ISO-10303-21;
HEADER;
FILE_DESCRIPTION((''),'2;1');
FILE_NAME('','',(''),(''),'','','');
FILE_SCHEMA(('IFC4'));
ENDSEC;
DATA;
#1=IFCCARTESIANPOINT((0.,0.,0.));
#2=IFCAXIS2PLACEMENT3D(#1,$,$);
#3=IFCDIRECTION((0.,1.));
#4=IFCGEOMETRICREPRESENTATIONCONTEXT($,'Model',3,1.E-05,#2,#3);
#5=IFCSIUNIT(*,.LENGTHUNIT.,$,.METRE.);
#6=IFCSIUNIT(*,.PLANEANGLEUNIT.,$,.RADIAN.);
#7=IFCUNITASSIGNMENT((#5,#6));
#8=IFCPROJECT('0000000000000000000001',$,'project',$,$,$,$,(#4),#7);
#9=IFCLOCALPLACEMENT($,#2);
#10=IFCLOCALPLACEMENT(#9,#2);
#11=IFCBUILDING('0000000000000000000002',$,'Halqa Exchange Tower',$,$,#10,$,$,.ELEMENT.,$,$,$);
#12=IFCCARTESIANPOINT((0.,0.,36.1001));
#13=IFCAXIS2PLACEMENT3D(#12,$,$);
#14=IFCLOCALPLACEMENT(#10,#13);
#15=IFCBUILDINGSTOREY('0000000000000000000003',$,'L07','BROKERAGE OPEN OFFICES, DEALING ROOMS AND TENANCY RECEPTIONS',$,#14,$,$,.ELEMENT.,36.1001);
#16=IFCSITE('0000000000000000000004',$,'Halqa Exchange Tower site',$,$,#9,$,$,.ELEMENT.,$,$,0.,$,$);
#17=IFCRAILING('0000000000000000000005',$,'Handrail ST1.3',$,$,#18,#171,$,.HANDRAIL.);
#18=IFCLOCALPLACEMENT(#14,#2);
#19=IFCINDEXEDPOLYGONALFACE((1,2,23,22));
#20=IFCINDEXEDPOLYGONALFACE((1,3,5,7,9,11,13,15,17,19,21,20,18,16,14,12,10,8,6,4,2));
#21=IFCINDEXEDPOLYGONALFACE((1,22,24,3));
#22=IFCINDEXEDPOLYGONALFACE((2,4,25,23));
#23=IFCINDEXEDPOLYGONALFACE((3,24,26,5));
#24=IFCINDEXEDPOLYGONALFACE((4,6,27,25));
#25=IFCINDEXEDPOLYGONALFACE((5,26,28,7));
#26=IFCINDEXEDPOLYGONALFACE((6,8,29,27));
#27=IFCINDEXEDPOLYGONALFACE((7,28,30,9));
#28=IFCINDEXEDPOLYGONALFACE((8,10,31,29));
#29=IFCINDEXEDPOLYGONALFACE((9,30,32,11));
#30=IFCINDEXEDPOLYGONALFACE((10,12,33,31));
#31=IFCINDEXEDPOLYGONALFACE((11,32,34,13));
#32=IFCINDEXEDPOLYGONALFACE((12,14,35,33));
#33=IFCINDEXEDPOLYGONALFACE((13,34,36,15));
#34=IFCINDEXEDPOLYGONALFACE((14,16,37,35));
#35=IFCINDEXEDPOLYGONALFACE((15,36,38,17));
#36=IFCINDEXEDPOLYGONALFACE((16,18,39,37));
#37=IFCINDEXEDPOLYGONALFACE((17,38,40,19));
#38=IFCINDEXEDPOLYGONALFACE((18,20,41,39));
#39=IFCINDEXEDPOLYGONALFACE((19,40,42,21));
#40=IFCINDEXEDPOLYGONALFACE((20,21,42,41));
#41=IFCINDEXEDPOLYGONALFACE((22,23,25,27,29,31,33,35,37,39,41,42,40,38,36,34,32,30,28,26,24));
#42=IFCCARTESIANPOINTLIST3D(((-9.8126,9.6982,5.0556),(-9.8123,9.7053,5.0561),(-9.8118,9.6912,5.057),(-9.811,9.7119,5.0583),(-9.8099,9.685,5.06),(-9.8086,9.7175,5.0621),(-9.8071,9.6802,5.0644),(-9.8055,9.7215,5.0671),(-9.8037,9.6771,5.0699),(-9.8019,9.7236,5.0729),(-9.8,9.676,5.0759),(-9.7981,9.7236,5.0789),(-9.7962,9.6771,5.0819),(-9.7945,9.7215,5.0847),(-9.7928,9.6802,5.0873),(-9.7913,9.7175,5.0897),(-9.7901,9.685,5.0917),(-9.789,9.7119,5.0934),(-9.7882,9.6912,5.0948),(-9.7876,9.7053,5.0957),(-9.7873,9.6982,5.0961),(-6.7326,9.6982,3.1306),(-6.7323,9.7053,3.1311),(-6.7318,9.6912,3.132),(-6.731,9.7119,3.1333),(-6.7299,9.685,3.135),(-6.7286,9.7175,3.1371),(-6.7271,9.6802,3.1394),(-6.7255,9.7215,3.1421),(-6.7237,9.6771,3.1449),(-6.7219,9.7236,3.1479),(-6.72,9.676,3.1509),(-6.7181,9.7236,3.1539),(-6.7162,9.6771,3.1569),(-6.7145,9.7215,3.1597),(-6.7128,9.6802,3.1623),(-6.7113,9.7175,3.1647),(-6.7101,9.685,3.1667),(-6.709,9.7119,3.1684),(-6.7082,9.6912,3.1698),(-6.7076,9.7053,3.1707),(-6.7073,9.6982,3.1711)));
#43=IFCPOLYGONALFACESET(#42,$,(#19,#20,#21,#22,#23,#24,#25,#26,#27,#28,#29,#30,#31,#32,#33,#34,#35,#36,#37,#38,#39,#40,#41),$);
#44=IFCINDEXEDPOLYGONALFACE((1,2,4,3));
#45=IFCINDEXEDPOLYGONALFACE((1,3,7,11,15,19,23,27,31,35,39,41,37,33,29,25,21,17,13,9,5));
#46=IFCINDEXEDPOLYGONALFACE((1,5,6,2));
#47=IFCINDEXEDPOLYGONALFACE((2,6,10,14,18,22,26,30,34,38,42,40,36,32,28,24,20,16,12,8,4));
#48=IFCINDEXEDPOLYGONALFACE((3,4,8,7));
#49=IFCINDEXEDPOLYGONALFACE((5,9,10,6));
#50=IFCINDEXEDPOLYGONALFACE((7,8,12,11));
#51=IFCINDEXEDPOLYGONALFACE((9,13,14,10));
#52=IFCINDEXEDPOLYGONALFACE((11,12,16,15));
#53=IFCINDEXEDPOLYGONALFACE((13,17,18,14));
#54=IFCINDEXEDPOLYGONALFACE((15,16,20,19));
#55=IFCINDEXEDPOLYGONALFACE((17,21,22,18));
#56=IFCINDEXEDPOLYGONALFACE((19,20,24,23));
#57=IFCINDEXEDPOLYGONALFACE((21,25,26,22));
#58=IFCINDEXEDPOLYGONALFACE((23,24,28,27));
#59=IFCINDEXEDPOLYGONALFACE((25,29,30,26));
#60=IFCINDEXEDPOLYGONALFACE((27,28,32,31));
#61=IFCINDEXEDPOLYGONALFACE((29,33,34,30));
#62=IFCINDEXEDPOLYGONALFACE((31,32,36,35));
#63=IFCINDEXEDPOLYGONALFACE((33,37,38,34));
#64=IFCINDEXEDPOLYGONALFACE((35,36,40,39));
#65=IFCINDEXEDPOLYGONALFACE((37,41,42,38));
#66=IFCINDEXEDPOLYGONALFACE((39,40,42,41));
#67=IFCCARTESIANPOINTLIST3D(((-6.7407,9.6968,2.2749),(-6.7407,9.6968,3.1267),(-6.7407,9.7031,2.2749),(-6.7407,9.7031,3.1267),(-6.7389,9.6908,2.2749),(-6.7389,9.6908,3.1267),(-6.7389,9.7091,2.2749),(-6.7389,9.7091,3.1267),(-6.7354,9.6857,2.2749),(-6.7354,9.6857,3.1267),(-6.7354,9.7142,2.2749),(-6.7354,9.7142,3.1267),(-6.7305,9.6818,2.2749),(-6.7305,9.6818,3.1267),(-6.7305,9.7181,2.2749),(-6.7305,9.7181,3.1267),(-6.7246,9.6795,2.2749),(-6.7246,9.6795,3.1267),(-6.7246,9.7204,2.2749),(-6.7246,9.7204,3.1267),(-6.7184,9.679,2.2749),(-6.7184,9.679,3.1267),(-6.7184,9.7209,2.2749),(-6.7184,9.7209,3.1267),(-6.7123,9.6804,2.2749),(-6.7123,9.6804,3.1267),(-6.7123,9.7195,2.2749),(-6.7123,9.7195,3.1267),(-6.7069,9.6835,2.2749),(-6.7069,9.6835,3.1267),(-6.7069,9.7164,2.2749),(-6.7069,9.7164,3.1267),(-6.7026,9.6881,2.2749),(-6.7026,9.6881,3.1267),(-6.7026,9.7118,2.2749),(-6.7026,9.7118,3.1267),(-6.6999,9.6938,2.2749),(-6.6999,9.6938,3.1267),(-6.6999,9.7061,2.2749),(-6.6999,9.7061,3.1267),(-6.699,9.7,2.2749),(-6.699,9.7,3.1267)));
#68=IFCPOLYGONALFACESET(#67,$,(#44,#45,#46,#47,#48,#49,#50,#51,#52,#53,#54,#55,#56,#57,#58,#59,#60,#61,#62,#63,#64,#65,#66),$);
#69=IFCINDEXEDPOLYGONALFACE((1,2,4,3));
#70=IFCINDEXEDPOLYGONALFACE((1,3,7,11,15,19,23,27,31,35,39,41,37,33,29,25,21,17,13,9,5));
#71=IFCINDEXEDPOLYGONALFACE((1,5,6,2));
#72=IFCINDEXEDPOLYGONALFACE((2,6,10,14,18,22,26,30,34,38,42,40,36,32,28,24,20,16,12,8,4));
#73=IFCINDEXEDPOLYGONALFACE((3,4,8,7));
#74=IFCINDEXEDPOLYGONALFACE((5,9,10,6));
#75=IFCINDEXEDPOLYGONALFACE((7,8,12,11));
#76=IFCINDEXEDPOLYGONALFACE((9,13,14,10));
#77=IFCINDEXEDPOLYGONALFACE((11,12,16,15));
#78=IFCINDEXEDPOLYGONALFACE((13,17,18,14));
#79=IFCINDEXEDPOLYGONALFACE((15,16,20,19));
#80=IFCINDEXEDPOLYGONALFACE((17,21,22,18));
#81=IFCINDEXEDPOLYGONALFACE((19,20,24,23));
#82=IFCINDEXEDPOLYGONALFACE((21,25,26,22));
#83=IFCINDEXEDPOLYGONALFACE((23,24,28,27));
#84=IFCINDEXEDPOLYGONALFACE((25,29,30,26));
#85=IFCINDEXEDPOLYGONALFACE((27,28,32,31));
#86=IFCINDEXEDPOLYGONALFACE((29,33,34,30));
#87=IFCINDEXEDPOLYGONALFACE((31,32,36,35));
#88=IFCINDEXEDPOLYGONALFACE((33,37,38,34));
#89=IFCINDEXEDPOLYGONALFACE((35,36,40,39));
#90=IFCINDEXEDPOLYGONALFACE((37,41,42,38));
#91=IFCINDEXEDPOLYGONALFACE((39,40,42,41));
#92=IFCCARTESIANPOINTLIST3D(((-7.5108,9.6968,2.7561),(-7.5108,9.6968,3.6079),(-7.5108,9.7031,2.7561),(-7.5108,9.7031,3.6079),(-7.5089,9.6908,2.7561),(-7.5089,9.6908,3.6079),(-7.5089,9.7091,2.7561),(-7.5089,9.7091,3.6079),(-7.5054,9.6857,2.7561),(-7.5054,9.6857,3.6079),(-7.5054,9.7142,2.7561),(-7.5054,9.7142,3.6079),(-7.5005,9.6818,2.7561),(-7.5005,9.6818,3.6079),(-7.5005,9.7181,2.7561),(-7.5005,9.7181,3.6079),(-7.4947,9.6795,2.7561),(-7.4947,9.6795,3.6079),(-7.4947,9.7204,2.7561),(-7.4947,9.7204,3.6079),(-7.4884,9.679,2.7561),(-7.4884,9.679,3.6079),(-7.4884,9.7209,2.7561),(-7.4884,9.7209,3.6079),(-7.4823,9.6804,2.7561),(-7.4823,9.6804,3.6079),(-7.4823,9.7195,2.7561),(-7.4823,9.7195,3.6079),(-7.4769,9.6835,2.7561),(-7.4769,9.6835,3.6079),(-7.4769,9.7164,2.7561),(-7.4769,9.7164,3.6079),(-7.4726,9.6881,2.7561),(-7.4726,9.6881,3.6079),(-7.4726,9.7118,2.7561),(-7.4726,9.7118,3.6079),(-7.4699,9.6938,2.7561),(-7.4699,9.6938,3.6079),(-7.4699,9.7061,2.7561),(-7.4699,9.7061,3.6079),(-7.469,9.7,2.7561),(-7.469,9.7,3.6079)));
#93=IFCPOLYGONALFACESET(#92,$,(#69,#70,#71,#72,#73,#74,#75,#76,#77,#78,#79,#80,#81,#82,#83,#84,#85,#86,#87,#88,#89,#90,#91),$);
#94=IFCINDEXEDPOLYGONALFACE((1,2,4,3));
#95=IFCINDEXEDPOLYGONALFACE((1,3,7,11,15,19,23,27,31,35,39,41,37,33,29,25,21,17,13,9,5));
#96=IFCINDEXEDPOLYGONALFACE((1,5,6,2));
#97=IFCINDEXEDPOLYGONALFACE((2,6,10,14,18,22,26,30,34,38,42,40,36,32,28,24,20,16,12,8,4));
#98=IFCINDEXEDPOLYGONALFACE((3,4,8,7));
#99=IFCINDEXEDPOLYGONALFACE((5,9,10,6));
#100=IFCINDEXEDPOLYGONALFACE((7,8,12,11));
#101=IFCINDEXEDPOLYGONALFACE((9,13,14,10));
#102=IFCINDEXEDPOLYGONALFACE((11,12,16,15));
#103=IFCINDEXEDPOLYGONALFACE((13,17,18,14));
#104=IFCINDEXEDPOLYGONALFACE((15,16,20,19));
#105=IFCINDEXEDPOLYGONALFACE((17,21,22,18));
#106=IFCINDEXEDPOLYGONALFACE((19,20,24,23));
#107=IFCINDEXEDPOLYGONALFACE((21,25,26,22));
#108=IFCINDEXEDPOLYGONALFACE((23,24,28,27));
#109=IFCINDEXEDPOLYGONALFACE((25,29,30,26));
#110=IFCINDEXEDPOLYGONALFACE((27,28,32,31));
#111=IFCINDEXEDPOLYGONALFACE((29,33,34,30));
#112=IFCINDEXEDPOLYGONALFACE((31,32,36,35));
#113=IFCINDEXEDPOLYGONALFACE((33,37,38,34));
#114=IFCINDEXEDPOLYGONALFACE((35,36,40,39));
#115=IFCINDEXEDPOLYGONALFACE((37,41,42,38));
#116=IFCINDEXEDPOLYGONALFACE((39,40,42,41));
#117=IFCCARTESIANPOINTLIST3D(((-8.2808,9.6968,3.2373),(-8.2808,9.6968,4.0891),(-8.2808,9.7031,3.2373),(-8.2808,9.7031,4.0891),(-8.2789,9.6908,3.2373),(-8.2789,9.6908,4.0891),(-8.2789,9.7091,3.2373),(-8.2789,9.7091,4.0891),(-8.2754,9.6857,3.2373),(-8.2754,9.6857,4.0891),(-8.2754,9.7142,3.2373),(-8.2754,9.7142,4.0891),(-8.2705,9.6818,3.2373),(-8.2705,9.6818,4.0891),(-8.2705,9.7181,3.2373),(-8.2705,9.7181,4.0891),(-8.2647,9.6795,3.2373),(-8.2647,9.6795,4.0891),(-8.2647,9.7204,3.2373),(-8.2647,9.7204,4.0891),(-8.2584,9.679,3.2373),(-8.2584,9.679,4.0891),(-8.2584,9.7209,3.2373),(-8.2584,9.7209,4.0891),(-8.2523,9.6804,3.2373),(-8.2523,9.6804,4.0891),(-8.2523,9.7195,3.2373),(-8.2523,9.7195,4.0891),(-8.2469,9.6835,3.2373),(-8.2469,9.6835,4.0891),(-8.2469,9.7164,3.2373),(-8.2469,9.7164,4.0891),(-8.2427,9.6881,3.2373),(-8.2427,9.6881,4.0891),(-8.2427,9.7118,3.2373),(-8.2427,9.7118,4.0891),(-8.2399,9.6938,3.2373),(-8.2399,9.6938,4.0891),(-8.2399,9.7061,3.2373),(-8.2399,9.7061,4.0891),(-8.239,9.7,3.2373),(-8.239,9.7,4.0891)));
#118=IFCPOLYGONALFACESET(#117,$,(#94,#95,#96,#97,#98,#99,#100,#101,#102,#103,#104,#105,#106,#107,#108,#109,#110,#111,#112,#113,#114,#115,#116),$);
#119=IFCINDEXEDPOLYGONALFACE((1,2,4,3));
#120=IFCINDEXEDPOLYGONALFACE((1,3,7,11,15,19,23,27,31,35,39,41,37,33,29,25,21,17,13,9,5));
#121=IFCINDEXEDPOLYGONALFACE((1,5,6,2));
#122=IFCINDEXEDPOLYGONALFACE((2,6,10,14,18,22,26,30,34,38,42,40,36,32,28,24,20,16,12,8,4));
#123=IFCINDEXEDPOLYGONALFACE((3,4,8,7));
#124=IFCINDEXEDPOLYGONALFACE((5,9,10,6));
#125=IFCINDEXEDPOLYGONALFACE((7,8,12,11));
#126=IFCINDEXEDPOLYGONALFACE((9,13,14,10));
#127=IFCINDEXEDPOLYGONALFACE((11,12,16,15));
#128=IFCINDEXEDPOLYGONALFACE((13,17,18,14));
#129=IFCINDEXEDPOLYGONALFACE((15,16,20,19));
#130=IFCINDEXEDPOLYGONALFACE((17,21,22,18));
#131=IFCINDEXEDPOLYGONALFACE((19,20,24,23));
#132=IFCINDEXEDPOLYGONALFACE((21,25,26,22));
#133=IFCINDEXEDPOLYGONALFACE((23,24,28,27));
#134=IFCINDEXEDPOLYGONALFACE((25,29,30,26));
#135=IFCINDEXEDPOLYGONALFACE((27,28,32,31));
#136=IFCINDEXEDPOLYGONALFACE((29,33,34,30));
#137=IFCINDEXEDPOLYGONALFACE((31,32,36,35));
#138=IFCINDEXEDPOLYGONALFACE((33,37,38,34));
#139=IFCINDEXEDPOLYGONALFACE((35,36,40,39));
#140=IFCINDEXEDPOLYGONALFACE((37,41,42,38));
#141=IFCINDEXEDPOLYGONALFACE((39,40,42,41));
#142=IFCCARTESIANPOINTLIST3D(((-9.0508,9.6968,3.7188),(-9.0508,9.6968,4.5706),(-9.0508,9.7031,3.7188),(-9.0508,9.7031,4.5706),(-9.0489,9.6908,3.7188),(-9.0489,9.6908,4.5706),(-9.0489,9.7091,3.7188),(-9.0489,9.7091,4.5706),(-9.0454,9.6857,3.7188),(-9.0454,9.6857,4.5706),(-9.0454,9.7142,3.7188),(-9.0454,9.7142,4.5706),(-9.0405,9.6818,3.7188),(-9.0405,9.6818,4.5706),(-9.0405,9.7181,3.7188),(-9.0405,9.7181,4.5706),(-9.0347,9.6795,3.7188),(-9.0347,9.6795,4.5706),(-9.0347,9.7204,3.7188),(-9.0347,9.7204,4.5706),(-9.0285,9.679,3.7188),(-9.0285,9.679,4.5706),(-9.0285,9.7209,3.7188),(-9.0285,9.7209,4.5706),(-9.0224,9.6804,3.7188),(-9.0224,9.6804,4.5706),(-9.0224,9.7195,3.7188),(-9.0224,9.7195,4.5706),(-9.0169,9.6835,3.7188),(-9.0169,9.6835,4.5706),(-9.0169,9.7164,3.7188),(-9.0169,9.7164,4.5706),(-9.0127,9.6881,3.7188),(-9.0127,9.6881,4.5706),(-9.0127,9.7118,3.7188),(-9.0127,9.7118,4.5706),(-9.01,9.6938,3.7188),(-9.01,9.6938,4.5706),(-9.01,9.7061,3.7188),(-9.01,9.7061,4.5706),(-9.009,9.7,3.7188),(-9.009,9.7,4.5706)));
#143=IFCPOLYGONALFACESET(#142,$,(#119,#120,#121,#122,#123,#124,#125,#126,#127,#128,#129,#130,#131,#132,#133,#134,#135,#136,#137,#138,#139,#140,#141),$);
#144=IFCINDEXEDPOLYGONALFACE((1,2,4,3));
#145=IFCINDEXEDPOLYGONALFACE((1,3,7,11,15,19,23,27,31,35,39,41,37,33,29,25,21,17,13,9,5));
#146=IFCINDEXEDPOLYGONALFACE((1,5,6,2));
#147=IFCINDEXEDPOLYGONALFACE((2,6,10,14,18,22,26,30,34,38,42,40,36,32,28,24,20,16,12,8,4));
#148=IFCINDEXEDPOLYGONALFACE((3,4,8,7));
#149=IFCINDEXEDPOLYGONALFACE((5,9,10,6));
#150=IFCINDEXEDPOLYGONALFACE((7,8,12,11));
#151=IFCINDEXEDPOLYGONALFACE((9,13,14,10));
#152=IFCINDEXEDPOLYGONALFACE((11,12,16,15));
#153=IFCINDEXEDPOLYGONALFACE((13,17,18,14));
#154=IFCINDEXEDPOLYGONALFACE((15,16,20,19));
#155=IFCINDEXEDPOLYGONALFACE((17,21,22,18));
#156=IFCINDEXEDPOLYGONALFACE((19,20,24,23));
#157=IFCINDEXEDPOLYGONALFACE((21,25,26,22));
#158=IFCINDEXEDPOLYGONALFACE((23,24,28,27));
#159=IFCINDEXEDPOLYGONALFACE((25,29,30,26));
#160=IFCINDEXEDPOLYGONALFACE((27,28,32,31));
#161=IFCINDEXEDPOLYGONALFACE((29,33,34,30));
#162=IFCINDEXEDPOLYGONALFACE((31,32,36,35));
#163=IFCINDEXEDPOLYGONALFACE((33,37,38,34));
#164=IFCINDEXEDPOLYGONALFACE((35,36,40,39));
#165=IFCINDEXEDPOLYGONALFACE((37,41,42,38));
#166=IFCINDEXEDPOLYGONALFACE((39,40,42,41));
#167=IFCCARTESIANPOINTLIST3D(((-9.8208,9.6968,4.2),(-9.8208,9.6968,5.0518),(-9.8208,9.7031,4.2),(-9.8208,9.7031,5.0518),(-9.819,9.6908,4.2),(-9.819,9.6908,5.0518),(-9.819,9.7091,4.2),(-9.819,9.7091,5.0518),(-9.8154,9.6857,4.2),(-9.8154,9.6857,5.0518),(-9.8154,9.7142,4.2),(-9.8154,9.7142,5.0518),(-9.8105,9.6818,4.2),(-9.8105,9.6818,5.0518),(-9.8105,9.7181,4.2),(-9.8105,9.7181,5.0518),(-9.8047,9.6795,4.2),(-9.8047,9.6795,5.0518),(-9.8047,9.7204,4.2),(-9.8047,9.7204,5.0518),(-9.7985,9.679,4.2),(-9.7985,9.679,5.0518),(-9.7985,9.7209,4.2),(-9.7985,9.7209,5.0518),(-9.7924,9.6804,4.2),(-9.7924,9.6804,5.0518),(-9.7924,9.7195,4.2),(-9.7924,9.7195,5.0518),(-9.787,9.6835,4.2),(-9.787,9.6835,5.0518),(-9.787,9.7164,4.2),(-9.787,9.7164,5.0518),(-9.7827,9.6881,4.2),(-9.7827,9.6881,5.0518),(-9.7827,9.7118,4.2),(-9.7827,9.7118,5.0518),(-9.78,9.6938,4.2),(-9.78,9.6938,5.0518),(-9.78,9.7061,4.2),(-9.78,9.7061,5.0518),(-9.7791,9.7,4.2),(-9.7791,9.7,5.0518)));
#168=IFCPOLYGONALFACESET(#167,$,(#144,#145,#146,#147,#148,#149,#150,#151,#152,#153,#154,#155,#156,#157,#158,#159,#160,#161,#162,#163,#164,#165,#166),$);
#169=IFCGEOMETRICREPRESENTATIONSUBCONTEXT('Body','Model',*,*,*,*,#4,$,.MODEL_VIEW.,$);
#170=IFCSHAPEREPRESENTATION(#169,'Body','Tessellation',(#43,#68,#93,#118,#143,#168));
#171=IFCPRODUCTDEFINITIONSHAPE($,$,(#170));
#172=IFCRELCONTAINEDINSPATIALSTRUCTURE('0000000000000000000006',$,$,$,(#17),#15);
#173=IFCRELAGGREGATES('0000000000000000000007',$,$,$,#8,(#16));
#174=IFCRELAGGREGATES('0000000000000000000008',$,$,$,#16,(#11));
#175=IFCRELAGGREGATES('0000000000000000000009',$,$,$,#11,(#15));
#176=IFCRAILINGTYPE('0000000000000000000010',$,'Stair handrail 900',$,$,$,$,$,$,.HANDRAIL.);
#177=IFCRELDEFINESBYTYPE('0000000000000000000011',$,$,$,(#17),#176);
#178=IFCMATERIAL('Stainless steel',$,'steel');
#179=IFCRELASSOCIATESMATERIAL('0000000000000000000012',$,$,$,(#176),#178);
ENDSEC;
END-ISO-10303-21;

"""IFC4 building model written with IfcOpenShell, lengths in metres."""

from ifc_helpers import new_model, si_unit, direction, frame, origin, origin_2d, place, context, subcontext, project, spatial, circle, extrude, material, type_object, element, save


model = new_model("IFC4")

# Units and contexts
model_context = context("Model", 3, precision=1e-05, world=origin(), true_north=direction((0.0, 1.0)))
body_context = subcontext(model_context, "Body", "Model", "MODEL_VIEW")
ifc_project = project(units=[si_unit("LENGTHUNIT", "METRE"), si_unit("PLANEANGLEUNIT", "RADIAN")], contexts=[model_context])

# Site, building, storey
site_placement = place(None, origin())
site = spatial("IfcSite", under=ifc_project, at=site_placement, Name="Halqa Exchange Tower site", CompositionType="ELEMENT", RefElevation=0.0)
building_placement = place(site_placement, origin())
building = spatial("IfcBuilding", under=site, at=building_placement, Name="Halqa Exchange Tower", CompositionType="ELEMENT")
storey_placement = place(building_placement, frame((0.0, 0.0, 36.1001)))
storey = spatial("IfcBuildingStorey", under=building, at=storey_placement, Name="L07", Description="BROKERAGE OPEN OFFICES, DEALING ROOMS AND TENANCY RECEPTIONS", CompositionType="ELEMENT", Elevation=36.1001)

# Railing
ifc_material_1 = material(Name="Stainless steel", Category="steel")
railing_type_1 = type_object("IfcRailingType", Name="Stair handrail 900", PredefinedType="HANDRAIL", material=ifc_material_1)
railing_1_placement = place(storey_placement, frame((-6.72, 9.7, 2.2749)))
element("IfcRailing", 1, at=railing_1_placement, inside=storey, type_object=railing_type_1, Name="Handrail ST1.3", PredefinedType="HANDRAIL", context=body_context, shape_type="SweptSolid", body=[
    extrude(circle(Radius=0.0239, at=origin_2d()), frame((0.0, 0.0, 0.876), z_axis=(-0.847998, 0.0, 0.529999), x_axis=(0.0, -1.0, 0.0)), (0.0, 0.0, 1.0), 3.6321),
    extrude(circle(Radius=0.021, at=origin_2d()), origin(), (0.0, 0.0, 1.0), 0.8518),
    extrude(circle(Radius=0.021, at=origin_2d()), frame((-0.77, 0.0, 0.4812)), (0.0, 0.0, 1.0), 0.8518),
    extrude(circle(Radius=0.021, at=origin_2d()), frame((-1.54, 0.0, 0.9624)), (0.0, 0.0, 1.0), 0.8518),
    extrude(circle(Radius=0.021, at=origin_2d()), frame((-2.3101, 0.0, 1.4438)), (0.0, 0.0, 1.0), 0.8518),
    extrude(circle(Radius=0.021, at=origin_2d()), frame((-3.0801, 0.0, 1.925)), (0.0, 0.0, 1.0), 0.8518),
])

save(model, "model.ifc")
